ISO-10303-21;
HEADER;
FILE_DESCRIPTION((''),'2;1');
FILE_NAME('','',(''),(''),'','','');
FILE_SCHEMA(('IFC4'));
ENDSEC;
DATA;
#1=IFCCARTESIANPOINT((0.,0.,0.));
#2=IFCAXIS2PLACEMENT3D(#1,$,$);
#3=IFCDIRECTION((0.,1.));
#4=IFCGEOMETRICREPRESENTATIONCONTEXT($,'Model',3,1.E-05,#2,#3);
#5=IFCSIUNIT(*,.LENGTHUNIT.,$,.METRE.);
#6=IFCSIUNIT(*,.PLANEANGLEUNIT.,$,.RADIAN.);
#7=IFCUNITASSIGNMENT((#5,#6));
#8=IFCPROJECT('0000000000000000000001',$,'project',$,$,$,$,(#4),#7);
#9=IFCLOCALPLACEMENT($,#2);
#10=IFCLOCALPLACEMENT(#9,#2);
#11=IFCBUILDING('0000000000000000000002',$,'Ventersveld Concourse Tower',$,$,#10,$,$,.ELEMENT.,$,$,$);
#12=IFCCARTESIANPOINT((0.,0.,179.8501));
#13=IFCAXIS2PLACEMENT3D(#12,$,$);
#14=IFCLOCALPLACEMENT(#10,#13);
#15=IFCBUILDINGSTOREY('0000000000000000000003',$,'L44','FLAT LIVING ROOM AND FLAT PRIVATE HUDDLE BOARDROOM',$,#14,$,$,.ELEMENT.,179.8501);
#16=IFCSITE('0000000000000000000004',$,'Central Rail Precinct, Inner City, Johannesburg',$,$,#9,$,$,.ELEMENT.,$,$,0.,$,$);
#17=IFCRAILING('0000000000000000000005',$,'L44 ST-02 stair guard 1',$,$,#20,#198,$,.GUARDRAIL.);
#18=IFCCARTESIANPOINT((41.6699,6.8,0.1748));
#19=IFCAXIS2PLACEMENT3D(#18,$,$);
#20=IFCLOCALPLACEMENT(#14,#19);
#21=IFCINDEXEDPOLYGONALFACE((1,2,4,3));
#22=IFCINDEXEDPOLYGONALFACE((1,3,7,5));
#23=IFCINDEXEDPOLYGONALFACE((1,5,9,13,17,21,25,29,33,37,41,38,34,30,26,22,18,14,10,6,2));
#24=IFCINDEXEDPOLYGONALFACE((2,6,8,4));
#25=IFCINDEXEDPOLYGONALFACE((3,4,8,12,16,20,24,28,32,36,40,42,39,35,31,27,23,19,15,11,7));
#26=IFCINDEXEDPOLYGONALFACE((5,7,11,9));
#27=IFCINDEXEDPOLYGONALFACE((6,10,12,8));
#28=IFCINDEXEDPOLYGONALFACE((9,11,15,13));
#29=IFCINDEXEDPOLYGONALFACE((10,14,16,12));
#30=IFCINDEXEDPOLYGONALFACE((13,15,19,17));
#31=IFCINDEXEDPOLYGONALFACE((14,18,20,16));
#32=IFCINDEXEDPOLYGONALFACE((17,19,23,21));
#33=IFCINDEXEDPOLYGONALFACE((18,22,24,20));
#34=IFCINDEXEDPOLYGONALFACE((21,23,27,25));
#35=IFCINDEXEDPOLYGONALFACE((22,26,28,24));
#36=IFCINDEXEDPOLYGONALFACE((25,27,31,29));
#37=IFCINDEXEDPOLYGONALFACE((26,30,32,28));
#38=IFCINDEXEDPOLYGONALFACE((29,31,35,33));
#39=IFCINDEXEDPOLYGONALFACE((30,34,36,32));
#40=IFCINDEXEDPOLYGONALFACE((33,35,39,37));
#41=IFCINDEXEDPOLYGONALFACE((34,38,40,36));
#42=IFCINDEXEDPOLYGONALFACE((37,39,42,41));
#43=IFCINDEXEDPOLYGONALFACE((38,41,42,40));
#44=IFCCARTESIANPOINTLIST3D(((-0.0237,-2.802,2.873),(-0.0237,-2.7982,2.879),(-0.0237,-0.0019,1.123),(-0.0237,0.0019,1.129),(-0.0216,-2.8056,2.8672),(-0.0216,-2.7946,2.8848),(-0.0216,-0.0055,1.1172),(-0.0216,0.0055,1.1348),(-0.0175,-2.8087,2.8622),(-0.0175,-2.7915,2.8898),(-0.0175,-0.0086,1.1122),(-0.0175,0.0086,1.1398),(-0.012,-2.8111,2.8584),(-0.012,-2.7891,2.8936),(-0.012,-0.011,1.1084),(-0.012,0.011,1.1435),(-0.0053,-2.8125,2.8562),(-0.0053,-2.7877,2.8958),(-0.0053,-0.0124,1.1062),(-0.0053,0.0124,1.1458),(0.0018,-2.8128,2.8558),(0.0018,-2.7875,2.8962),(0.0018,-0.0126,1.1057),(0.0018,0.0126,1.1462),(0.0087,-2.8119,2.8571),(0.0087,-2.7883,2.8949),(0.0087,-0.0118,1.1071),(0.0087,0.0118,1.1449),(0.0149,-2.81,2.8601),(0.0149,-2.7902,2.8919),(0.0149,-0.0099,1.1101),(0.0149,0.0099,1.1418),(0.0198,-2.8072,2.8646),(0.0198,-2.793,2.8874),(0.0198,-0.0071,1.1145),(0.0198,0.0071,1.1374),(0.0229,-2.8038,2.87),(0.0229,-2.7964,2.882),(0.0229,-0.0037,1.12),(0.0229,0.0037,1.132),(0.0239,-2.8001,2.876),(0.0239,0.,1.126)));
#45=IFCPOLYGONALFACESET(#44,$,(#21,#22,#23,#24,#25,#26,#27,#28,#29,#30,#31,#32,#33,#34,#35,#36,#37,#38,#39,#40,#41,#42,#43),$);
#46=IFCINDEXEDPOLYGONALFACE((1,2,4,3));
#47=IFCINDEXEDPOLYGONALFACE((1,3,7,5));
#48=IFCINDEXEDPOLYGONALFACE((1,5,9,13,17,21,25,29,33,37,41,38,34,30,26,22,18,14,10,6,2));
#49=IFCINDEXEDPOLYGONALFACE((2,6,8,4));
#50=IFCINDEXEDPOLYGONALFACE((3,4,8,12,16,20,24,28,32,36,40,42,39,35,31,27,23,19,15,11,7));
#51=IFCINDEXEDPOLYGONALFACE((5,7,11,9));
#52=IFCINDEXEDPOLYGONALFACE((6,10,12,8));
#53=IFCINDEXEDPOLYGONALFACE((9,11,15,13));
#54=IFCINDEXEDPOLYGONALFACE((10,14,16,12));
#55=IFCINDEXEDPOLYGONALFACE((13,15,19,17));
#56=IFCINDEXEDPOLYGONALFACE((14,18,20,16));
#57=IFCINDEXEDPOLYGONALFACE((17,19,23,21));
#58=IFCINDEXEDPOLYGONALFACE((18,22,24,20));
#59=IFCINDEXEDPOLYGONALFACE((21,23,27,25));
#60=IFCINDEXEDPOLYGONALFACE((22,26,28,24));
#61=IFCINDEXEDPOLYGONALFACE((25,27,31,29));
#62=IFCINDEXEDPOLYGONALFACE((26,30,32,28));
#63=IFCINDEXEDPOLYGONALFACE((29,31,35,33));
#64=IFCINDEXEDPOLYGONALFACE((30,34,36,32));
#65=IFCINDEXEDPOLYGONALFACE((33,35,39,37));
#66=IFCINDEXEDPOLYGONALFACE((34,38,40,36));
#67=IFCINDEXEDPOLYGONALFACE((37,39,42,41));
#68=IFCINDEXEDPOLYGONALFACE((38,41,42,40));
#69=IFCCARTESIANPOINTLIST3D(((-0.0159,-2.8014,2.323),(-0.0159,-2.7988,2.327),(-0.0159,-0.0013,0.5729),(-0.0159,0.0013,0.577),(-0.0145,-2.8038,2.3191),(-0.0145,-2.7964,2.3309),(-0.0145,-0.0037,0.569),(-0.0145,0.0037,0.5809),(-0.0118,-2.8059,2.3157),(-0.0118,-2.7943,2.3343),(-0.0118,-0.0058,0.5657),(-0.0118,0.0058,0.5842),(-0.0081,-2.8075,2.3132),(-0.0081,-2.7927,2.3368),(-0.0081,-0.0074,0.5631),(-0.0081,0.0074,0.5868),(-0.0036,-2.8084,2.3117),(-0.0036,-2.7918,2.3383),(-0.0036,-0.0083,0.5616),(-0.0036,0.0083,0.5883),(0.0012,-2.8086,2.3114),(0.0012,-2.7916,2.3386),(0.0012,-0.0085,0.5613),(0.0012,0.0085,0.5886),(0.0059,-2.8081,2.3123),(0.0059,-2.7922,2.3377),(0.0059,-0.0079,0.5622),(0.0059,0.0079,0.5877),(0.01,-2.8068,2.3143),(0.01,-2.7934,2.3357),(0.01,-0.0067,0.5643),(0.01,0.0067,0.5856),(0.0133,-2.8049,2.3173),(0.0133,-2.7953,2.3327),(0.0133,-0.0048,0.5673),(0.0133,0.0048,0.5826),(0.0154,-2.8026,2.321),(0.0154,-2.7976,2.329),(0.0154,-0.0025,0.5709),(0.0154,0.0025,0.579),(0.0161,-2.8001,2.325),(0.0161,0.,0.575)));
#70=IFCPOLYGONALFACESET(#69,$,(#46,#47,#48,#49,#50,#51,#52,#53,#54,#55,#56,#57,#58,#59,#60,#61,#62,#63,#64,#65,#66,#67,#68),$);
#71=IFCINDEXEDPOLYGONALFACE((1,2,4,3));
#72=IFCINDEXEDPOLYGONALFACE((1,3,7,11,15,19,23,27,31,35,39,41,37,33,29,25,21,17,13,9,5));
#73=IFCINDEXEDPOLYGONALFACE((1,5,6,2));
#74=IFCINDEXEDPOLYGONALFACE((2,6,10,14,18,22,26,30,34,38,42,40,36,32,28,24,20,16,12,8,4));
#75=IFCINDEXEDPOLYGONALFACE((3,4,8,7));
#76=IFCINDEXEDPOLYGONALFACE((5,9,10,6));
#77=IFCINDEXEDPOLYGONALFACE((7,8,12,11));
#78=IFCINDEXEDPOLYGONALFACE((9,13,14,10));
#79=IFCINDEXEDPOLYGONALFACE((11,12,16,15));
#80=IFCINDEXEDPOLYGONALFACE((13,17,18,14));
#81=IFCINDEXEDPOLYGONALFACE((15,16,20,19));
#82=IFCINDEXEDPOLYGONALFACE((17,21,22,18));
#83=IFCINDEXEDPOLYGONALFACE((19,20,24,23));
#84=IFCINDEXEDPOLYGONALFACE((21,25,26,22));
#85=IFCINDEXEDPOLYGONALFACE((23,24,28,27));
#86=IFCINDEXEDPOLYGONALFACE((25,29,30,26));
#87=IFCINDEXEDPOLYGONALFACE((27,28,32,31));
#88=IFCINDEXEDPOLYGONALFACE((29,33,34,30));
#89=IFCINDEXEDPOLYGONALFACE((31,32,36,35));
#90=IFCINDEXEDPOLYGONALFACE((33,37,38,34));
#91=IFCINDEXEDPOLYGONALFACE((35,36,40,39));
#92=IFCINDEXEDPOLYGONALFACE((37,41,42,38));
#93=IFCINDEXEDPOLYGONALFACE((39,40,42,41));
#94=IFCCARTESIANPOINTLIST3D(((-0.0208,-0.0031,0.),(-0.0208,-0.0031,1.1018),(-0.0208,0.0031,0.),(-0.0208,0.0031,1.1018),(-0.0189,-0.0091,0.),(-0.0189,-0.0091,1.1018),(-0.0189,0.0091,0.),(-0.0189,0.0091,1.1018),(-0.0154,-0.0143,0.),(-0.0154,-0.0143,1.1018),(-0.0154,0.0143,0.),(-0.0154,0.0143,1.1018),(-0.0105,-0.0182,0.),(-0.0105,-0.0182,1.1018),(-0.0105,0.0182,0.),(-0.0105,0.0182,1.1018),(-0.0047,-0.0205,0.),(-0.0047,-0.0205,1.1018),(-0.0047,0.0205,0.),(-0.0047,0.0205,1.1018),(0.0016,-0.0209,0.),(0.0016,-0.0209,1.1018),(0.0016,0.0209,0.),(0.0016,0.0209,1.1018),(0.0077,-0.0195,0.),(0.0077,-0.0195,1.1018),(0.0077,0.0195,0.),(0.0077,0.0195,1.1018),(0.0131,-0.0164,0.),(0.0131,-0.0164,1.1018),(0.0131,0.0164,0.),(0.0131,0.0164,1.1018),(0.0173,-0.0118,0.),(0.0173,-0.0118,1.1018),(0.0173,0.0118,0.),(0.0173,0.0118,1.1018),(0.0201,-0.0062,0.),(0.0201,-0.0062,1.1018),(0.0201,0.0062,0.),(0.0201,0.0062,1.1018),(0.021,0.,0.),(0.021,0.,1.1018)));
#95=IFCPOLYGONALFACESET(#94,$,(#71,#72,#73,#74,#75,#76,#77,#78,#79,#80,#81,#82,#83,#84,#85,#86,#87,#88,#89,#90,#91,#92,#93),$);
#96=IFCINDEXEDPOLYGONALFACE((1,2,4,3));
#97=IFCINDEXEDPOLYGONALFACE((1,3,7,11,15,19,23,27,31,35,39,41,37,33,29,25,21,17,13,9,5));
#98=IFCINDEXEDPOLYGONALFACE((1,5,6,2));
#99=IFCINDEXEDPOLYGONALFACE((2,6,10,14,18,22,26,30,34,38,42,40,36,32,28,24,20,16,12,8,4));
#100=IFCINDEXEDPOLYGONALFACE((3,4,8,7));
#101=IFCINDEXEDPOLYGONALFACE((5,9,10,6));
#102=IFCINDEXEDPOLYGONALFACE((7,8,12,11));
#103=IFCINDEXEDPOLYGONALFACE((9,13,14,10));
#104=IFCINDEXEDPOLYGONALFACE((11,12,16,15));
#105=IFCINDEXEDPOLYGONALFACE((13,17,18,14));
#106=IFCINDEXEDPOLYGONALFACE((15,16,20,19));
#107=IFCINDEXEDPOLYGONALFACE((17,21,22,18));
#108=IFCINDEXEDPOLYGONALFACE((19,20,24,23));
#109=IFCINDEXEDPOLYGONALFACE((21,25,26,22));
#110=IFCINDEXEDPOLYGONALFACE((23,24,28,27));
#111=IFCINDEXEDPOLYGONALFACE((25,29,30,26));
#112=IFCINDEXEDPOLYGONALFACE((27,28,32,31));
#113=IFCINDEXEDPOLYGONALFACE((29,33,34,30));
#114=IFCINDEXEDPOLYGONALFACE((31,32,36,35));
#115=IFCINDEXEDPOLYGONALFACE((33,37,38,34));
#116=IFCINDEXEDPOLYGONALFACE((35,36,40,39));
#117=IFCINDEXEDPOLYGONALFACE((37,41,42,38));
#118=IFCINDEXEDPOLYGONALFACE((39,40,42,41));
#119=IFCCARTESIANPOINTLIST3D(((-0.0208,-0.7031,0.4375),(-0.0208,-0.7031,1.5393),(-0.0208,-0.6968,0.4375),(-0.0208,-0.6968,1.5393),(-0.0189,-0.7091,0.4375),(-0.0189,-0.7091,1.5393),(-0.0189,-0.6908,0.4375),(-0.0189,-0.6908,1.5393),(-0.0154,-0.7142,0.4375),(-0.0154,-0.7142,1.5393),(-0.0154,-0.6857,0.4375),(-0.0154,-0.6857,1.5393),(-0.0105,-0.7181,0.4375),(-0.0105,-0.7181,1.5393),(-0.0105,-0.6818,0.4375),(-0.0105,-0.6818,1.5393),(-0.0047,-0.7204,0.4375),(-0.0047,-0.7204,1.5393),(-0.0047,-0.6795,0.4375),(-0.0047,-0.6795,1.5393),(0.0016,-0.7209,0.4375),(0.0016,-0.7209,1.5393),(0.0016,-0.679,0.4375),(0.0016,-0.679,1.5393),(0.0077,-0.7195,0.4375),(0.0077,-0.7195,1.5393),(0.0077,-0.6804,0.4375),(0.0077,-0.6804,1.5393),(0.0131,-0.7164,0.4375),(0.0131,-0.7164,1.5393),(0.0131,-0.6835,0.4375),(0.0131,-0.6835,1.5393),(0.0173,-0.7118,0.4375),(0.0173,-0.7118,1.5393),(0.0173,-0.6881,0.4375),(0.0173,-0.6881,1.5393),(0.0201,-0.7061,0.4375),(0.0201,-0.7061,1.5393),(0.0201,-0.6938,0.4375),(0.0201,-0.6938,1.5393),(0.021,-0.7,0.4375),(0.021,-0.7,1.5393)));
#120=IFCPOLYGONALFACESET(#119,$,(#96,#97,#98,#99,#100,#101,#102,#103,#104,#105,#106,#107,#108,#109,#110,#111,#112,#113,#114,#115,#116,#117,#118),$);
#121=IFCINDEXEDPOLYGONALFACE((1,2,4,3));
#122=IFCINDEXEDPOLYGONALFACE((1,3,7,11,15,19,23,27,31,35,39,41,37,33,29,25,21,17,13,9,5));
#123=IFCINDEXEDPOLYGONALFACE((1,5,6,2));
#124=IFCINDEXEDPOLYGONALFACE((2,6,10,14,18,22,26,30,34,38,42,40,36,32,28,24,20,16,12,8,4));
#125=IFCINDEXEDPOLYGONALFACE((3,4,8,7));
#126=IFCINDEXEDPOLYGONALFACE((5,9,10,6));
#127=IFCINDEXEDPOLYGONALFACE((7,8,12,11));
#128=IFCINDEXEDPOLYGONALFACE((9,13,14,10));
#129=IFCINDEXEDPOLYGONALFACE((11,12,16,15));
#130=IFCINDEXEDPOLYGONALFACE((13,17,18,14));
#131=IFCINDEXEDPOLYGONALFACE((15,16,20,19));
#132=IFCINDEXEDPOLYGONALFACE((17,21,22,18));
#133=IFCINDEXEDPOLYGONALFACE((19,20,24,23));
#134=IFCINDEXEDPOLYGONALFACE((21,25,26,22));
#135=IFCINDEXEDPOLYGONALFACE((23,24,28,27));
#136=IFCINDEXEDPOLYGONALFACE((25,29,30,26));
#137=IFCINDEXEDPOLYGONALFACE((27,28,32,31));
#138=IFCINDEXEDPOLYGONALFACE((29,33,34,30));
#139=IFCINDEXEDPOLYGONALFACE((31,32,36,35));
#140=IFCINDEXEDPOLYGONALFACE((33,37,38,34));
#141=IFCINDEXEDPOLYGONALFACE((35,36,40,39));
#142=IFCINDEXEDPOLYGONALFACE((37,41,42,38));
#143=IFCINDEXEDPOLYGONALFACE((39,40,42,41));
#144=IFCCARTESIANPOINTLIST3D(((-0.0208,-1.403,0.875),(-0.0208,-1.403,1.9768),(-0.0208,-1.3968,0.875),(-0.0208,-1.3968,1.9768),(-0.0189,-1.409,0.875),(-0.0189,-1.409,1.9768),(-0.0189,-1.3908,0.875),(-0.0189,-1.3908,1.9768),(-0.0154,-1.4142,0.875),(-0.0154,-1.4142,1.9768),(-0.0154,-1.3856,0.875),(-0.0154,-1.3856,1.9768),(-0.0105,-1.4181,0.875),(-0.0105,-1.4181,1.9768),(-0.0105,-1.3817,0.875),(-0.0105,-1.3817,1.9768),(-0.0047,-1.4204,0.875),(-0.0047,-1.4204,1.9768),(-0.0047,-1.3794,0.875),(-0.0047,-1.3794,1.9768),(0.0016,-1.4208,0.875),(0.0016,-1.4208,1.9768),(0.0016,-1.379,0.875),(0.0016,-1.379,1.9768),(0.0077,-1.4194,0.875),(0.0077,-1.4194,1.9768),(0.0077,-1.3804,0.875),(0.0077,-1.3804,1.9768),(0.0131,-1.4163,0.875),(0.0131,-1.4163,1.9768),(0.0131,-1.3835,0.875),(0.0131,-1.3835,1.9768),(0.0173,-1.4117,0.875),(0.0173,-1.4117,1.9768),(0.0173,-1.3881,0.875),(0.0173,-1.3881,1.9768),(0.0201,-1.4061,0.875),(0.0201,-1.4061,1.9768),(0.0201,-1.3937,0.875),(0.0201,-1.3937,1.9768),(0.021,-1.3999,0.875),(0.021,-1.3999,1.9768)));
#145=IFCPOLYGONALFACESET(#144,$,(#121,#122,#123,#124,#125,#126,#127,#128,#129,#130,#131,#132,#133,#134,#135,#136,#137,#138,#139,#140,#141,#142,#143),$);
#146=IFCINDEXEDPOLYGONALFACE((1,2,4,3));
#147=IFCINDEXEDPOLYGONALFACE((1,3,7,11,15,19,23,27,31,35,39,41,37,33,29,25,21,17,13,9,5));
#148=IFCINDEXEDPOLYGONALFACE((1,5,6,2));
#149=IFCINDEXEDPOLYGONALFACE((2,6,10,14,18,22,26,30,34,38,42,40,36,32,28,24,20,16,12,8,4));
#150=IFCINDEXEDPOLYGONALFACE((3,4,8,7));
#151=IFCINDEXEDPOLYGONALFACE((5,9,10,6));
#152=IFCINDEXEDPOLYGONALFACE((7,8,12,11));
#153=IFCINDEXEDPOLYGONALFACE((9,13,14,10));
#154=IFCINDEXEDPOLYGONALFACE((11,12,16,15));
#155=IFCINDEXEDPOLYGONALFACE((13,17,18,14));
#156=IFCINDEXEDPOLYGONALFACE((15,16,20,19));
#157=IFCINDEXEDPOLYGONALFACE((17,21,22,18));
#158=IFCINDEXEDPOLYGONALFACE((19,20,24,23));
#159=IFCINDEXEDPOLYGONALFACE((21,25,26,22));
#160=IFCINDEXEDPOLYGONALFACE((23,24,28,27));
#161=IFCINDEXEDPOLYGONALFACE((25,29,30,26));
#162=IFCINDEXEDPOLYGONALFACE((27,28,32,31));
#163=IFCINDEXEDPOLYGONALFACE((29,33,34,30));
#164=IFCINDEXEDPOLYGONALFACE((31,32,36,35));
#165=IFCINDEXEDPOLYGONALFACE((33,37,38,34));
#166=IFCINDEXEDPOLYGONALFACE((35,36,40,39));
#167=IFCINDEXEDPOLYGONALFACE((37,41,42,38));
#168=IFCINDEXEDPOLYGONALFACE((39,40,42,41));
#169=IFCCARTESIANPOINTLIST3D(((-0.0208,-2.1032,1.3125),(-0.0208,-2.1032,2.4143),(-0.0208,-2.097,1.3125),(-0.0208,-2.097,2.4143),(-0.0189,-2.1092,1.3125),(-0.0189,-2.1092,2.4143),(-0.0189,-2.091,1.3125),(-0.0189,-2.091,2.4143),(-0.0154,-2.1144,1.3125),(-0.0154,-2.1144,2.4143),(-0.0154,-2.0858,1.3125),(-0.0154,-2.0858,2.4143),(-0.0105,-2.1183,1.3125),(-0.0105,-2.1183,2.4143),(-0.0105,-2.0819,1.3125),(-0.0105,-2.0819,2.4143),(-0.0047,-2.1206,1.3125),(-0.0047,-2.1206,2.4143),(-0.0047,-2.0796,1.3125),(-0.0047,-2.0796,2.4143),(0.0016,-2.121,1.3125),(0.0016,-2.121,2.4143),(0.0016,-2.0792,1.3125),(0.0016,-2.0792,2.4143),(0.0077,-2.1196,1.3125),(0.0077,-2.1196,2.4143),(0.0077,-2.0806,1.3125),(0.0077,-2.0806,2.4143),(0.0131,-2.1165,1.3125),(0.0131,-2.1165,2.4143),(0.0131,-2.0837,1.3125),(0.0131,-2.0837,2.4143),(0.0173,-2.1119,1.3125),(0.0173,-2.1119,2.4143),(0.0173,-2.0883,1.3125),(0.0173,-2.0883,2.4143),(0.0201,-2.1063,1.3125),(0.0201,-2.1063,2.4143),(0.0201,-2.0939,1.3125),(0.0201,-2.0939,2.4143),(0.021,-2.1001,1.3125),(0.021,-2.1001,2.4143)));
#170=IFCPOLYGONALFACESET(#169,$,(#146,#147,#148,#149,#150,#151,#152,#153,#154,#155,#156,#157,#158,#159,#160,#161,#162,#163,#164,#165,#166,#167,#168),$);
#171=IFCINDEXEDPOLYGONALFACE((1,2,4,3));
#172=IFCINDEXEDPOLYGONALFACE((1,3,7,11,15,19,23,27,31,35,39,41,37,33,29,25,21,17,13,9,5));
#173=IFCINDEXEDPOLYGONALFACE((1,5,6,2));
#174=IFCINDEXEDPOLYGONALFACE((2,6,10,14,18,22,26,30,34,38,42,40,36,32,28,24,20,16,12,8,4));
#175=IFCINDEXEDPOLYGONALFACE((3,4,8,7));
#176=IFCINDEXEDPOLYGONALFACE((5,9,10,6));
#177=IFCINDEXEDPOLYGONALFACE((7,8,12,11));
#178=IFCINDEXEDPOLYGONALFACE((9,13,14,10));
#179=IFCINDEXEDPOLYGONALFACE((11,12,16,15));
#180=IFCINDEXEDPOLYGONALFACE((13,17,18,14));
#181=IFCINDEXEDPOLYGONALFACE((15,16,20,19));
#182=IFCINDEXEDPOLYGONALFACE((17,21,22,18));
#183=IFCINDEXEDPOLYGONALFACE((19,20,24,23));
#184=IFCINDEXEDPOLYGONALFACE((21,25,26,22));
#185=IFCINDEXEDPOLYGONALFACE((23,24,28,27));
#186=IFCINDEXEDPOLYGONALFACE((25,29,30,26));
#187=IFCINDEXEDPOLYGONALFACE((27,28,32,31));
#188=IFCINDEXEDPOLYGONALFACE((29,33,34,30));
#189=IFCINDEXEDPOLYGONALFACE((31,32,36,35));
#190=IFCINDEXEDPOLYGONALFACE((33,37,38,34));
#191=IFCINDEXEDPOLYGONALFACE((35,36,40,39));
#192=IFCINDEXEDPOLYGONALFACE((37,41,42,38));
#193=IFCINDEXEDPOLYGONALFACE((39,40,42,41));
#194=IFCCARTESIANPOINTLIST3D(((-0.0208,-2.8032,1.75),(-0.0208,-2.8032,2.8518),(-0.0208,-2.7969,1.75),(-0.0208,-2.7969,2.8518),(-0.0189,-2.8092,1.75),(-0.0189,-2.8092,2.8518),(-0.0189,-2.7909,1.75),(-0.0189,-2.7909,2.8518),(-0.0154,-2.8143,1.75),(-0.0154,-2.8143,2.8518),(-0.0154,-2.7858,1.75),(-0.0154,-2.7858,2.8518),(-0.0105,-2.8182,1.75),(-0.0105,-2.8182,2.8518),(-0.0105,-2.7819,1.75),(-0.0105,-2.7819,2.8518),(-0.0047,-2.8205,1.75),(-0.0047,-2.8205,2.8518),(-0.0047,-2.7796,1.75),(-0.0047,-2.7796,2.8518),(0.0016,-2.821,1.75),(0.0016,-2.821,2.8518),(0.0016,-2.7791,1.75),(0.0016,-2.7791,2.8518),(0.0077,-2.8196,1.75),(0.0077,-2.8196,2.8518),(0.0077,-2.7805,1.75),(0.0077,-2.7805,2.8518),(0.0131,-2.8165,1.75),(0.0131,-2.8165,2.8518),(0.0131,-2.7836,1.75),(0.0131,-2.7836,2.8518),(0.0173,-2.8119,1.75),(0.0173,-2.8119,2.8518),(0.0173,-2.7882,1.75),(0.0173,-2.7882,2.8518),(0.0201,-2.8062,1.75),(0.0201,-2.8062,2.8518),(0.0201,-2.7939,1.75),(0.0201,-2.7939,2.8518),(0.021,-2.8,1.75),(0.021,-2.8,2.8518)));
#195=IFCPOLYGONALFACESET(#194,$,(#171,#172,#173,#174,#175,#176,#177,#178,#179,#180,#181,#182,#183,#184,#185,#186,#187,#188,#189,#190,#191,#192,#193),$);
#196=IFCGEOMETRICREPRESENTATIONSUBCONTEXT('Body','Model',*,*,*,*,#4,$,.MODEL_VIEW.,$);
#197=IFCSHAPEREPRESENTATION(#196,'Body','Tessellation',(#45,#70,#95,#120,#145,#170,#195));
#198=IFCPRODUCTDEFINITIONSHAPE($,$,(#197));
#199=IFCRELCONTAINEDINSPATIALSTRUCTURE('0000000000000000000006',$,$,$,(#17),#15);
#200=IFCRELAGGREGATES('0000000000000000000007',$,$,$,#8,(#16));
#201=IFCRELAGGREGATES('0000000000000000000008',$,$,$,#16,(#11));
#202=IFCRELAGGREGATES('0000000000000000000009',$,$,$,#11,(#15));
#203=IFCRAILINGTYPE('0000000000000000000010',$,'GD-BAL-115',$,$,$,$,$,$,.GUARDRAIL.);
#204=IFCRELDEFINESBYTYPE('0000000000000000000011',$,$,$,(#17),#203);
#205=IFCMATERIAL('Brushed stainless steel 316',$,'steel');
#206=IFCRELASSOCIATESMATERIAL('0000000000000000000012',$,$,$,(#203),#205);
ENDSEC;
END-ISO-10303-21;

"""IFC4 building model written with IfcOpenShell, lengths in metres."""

from ifc_helpers import new_model, si_unit, direction, frame, origin, origin_2d, place, context, subcontext, project, spatial, circle, extrude, material, type_object, element, save


model = new_model("IFC4")

# Units and contexts
model_context = context("Model", 3, precision=1e-05, world=origin(), true_north=direction((0.0, 1.0)))
body_context = subcontext(model_context, "Body", "Model", "MODEL_VIEW")
ifc_project = project(units=[si_unit("LENGTHUNIT", "METRE"), si_unit("PLANEANGLEUNIT", "RADIAN")], contexts=[model_context])

# Site, building, storey
site_placement = place(None, origin())
site = spatial("IfcSite", under=ifc_project, at=site_placement, Name="Central Rail Precinct, Inner City, Johannesburg", CompositionType="ELEMENT", RefElevation=0.0)
building_placement = place(site_placement, origin())
building = spatial("IfcBuilding", under=site, at=building_placement, Name="Ventersveld Concourse Tower", CompositionType="ELEMENT")
storey_placement = place(building_placement, frame((0.0, 0.0, 179.8501)))
storey = spatial("IfcBuildingStorey", under=building, at=storey_placement, Name="L44", Description="FLAT LIVING ROOM AND FLAT PRIVATE HUDDLE BOARDROOM", CompositionType="ELEMENT", Elevation=179.8501)

# Shared definitions
ifc_material_1 = material(Name="Brushed stainless steel 316", Category="steel")

# Railing
railing_type_1 = type_object("IfcRailingType", Name="GD-BAL-115", PredefinedType="GUARDRAIL", material=ifc_material_1)
railing_1_placement = place(storey_placement, frame((41.6699, 6.8, 0.1748)))
element("IfcRailing", 1, at=railing_1_placement, inside=storey, type_object=railing_type_1, Name="L44 ST-02 stair guard 1", PredefinedType="GUARDRAIL", context=body_context, shape_type="SweptSolid", body=[
    extrude(circle(Radius=0.0239, at=origin_2d()), frame((0.0, 0.0, 1.126), z_axis=(0.0, -0.848002, 0.529992), x_axis=(1.0, 0.0, 0.0)), (0.0, 0.0, 1.0), 3.302),
    extrude(circle(Radius=0.0161, at=origin_2d()), frame((0.0, 0.0, 0.575), z_axis=(0.0, -0.848002, 0.529992), x_axis=(1.0, 0.0, 0.0)), (0.0, 0.0, 1.0), 3.302),
    extrude(circle(Radius=0.021, at=origin_2d()), origin(), (0.0, 0.0, 1.0), 1.1018),
    extrude(circle(Radius=0.021, at=origin_2d()), frame((0.0, -0.7, 0.4375)), (0.0, 0.0, 1.0), 1.1018),
    extrude(circle(Radius=0.021, at=origin_2d()), frame((0.0, -1.3999, 0.875)), (0.0, 0.0, 1.0), 1.1018),
    extrude(circle(Radius=0.021, at=origin_2d()), frame((0.0, -2.1001, 1.3125)), (0.0, 0.0, 1.0), 1.1018),
    extrude(circle(Radius=0.021, at=origin_2d()), frame((0.0, -2.8, 1.75)), (0.0, 0.0, 1.0), 1.1018),
])

save(model, "model.ifc")
